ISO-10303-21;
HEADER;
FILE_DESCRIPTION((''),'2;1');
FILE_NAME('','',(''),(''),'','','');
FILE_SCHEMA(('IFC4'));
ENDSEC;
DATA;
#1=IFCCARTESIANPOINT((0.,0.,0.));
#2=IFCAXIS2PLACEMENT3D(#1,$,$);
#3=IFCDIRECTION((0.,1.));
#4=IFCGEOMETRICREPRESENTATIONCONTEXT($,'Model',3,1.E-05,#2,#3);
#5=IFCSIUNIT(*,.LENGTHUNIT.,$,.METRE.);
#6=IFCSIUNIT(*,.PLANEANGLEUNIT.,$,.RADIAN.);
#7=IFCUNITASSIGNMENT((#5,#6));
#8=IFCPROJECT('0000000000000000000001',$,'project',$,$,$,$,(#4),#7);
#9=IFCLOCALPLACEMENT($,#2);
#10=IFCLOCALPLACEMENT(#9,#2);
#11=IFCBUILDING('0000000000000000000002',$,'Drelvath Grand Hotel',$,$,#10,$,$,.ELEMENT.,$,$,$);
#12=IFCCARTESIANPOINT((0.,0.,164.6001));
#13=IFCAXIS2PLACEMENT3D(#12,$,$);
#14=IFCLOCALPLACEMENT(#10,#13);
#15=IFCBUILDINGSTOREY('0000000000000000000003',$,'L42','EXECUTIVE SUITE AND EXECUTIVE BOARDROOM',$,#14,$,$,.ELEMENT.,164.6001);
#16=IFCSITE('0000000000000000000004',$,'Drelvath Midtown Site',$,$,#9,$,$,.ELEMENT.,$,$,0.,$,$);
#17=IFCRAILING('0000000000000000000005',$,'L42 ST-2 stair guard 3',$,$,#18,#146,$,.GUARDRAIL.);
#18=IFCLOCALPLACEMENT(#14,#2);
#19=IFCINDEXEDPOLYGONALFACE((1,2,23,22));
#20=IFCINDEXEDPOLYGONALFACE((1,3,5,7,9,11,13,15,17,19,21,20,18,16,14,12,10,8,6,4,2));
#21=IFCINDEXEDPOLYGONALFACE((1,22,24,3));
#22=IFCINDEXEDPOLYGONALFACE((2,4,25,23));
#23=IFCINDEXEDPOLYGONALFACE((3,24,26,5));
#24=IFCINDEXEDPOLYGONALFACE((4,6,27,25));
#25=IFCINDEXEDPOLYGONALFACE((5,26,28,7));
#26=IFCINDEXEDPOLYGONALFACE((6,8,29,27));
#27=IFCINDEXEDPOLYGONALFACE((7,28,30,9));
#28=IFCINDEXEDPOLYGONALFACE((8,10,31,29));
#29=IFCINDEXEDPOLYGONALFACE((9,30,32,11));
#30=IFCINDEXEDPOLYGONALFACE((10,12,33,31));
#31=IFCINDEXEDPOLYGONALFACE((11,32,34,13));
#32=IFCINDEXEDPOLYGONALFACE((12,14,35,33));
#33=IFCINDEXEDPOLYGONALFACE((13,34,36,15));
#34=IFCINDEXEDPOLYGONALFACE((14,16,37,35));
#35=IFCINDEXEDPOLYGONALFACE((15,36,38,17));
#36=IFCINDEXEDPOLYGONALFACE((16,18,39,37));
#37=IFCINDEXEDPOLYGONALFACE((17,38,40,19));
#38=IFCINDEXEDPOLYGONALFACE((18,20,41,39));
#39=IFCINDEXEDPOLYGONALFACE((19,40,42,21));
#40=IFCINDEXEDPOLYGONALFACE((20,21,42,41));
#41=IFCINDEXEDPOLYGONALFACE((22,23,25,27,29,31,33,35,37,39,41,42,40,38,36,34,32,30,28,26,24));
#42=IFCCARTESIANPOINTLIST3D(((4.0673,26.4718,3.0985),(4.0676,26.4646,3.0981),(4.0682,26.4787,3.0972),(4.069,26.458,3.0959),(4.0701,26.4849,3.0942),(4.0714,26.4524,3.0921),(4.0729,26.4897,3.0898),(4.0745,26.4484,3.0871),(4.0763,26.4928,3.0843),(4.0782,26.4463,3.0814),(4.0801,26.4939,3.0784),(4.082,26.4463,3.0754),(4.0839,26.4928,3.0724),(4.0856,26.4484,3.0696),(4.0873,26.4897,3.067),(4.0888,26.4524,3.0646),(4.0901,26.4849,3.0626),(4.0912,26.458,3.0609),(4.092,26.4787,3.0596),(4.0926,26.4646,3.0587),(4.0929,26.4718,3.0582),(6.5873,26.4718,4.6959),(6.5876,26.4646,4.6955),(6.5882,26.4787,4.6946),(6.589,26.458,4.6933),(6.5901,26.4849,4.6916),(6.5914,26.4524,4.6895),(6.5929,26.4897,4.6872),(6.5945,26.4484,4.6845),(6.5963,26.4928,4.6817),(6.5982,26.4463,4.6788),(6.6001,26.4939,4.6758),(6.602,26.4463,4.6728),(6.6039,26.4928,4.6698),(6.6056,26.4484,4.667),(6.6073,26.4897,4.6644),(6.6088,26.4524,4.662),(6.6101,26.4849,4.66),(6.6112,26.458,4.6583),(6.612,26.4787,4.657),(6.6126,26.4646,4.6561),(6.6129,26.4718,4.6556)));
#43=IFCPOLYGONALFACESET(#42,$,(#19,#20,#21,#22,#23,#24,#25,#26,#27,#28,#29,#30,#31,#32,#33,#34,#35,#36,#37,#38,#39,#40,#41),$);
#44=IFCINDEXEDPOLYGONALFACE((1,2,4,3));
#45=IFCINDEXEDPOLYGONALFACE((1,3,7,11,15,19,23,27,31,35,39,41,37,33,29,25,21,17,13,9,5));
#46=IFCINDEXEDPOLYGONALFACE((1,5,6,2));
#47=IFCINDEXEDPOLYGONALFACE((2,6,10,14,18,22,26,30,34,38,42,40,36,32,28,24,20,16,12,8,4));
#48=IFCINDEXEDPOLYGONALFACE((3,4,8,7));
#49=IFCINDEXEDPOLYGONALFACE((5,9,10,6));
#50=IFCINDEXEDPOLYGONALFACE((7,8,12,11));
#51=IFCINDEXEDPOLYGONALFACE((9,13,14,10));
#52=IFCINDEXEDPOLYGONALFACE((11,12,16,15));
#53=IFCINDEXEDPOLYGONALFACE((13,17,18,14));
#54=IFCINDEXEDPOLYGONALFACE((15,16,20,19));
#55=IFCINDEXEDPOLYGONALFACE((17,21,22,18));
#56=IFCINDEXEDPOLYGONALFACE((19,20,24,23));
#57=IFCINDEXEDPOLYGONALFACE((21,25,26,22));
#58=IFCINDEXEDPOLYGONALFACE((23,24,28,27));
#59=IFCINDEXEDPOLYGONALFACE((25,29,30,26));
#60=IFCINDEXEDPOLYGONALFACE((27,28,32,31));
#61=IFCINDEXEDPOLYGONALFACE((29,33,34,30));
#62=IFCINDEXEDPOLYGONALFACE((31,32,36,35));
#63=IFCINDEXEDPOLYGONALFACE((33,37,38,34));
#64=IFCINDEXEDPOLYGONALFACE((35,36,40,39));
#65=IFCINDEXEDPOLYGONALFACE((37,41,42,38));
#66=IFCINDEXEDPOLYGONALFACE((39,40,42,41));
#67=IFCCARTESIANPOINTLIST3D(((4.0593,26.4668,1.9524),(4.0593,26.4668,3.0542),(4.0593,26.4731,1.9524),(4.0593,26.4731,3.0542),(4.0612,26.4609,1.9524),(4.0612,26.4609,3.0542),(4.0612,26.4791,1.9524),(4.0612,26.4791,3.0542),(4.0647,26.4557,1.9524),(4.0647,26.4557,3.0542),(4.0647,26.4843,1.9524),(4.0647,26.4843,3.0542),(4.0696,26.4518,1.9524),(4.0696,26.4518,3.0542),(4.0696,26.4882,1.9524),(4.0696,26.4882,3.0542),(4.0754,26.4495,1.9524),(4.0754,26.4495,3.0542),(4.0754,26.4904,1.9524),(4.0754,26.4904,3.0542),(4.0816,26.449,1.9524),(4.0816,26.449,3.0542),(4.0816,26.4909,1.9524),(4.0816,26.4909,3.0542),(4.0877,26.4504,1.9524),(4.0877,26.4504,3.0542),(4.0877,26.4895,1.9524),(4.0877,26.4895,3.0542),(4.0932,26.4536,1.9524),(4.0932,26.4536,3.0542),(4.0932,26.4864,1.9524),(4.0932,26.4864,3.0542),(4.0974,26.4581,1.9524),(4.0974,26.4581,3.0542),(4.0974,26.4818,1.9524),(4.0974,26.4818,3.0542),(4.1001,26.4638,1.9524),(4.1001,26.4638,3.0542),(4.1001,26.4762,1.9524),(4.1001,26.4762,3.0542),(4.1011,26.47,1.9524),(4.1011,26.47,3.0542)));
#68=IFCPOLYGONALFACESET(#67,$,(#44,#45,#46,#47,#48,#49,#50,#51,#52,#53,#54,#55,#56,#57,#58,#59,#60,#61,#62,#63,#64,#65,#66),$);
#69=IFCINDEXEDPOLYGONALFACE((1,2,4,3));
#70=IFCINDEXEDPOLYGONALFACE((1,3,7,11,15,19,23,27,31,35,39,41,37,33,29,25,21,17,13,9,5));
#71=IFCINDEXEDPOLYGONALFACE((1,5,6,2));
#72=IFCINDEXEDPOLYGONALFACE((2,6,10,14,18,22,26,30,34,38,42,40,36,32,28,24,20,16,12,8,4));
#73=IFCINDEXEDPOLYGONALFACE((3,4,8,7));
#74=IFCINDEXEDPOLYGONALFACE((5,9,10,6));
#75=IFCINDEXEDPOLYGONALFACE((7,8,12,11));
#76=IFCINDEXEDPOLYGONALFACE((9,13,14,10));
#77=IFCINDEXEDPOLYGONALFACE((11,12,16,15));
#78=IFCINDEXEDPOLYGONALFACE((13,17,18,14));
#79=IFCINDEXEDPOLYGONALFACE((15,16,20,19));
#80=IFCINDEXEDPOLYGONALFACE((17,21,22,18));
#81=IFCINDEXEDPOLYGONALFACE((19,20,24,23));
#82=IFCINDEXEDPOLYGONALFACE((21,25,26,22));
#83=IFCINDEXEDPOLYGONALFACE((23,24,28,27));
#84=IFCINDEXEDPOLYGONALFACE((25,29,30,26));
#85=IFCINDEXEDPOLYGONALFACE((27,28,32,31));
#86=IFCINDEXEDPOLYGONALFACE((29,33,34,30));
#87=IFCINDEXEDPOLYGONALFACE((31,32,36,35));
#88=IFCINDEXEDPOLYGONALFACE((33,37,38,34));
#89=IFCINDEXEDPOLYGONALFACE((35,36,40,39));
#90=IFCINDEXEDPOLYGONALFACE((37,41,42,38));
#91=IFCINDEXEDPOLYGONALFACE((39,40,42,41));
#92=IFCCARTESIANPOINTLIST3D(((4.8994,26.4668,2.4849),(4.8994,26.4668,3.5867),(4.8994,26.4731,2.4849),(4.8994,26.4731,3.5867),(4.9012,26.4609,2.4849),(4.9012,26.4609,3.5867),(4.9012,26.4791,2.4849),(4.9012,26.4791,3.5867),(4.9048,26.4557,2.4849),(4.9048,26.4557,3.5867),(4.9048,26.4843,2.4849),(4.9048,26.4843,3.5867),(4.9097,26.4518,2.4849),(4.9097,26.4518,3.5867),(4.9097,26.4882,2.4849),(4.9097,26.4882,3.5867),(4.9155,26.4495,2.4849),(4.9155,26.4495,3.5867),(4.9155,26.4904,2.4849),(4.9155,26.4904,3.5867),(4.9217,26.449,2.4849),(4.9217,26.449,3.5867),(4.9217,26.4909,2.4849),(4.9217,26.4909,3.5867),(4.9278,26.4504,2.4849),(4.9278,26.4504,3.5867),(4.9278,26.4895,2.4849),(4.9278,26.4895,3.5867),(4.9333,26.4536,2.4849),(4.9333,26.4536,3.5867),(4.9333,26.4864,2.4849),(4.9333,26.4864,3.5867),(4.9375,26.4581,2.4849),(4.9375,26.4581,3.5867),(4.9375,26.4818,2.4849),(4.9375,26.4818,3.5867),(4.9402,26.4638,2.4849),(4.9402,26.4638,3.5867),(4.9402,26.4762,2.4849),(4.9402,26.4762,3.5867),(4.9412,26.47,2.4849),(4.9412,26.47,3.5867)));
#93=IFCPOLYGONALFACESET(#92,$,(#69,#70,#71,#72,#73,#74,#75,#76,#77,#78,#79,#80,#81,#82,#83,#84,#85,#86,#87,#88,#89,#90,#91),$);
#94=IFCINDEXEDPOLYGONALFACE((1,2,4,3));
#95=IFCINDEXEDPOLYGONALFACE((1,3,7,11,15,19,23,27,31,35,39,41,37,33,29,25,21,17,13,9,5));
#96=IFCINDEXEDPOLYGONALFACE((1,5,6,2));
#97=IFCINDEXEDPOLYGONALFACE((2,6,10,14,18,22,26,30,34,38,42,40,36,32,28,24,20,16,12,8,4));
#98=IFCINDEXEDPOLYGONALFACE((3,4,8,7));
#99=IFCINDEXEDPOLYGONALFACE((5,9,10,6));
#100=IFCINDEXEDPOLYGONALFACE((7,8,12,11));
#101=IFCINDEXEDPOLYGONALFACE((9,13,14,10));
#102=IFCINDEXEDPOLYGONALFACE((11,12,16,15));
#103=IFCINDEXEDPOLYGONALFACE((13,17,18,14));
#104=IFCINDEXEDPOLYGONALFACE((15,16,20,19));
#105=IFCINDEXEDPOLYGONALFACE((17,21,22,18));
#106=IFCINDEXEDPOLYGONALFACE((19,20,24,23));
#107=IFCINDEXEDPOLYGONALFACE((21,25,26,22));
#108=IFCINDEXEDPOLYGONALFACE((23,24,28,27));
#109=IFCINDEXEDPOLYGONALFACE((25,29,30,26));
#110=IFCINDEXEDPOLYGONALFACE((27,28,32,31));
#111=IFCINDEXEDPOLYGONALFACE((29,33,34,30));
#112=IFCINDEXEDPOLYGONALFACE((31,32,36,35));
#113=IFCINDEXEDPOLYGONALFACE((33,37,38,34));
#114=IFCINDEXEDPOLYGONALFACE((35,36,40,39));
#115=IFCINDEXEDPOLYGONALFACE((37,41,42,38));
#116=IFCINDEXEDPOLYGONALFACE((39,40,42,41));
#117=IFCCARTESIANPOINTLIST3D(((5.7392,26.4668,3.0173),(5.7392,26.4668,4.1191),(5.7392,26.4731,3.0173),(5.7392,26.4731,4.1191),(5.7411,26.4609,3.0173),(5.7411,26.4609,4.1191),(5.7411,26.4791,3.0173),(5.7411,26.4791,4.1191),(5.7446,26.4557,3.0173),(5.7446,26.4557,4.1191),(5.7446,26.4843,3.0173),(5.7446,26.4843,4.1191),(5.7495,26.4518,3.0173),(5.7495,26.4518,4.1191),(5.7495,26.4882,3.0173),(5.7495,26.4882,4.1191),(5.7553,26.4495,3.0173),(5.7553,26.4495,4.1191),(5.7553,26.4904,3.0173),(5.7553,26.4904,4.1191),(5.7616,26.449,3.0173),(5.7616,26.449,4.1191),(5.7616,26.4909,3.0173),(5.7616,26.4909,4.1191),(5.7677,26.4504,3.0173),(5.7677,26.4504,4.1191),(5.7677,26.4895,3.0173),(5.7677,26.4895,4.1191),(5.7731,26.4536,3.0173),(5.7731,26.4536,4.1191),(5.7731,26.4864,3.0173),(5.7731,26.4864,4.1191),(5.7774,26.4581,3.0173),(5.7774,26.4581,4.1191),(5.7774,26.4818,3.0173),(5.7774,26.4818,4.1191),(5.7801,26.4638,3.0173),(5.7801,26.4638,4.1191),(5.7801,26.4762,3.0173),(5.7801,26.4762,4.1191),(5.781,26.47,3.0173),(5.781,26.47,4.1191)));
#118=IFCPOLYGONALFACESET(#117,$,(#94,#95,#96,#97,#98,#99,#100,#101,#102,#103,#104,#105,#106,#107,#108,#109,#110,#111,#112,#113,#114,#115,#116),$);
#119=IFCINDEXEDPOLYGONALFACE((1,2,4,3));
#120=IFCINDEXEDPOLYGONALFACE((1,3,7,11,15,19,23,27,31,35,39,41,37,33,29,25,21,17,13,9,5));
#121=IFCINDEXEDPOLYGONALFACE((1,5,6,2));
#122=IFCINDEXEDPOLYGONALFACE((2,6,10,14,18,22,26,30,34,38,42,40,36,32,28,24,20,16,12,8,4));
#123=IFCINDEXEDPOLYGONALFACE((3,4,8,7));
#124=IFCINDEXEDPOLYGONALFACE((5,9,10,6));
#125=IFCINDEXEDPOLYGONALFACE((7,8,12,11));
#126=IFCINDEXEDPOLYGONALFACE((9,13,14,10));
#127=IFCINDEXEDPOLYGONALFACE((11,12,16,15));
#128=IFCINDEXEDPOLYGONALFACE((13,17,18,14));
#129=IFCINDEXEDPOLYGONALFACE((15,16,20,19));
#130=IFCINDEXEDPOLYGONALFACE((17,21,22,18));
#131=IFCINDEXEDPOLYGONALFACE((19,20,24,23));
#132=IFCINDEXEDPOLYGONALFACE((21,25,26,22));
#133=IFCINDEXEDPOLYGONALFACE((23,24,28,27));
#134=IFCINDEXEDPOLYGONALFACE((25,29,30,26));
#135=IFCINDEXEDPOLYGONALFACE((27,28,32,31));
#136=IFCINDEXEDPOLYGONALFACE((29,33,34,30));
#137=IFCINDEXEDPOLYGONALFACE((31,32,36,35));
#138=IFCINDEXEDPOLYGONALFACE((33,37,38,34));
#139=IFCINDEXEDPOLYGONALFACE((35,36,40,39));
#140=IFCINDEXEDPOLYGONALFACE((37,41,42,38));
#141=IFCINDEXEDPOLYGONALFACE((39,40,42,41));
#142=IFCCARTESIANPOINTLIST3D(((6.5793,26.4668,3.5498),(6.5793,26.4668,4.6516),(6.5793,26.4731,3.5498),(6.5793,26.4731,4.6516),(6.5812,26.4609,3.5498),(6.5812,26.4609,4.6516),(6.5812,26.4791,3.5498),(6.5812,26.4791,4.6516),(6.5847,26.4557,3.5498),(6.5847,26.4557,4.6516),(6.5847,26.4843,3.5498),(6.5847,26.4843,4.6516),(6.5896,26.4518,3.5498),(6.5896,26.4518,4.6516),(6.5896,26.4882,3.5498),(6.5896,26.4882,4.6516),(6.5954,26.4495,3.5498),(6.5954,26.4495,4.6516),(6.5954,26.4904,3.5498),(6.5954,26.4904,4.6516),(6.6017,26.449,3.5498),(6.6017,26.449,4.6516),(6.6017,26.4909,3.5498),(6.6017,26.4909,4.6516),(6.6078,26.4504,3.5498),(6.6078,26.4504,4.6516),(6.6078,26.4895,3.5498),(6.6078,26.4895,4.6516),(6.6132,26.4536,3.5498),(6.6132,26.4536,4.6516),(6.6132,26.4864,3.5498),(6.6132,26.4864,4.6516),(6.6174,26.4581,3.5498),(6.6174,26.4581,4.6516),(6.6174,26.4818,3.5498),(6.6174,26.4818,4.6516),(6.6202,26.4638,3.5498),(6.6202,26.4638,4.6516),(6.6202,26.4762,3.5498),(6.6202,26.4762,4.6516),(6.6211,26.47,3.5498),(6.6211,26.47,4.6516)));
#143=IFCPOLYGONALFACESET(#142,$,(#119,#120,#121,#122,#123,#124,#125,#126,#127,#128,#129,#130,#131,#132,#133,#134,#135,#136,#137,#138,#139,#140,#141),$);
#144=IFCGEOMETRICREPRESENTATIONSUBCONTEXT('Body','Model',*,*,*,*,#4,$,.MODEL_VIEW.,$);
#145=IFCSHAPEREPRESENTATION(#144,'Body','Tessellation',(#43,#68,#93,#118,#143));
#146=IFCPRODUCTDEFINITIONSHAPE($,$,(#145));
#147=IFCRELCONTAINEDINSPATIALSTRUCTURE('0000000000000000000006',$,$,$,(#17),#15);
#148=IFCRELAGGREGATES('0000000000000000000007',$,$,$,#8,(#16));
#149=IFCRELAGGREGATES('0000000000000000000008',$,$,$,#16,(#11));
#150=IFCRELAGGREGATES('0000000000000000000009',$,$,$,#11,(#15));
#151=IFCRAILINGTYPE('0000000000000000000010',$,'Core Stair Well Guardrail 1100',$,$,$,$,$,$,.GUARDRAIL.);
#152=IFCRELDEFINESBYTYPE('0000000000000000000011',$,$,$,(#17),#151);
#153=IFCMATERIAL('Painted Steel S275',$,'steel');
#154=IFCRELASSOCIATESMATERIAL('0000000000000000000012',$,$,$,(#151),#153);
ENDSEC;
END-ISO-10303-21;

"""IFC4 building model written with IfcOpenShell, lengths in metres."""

from ifc_helpers import new_model, si_unit, direction, frame, origin, origin_2d, place, context, subcontext, project, spatial, circle, extrude, material, type_object, element, save


model = new_model("IFC4")

# Units and contexts
model_context = context("Model", 3, precision=1e-05, world=origin(), true_north=direction((0.0, 1.0)))
body_context = subcontext(model_context, "Body", "Model", "MODEL_VIEW")
ifc_project = project(units=[si_unit("LENGTHUNIT", "METRE"), si_unit("PLANEANGLEUNIT", "RADIAN")], contexts=[model_context])

# Site, building, storey
site_placement = place(None, origin())
site = spatial("IfcSite", under=ifc_project, at=site_placement, Name="Drelvath Midtown Site", CompositionType="ELEMENT", RefElevation=0.0)
building_placement = place(site_placement, origin())
building = spatial("IfcBuilding", under=site, at=building_placement, Name="Drelvath Grand Hotel", CompositionType="ELEMENT")
storey_placement = place(building_placement, frame((0.0, 0.0, 164.6001)))
storey = spatial("IfcBuildingStorey", under=building, at=storey_placement, Name="L42", Description="EXECUTIVE SUITE AND EXECUTIVE BOARDROOM", CompositionType="ELEMENT", Elevation=164.6001)

# Railing
ifc_material_1 = material(Name="Painted Steel S275", Category="steel")
railing_type_1 = type_object("IfcRailingType", Name="Core Stair Well Guardrail 1100", PredefinedType="GUARDRAIL", material=ifc_material_1)
railing_1_placement = place(storey_placement, frame((4.0801, 26.47, 1.9524)))
element("IfcRailing", 1, at=railing_1_placement, inside=storey, type_object=railing_type_1, Name="L42 ST-2 stair guard 3", PredefinedType="GUARDRAIL", context=body_context, shape_type="SweptSolid", body=[
    extrude(circle(Radius=0.0239, at=origin_2d()), frame((0.0, 0.0, 1.126), z_axis=(0.844607, 0.0, 0.535387), x_axis=(0.0, 1.0, 0.0)), (0.0, 0.0, 1.0), 2.9836),
    extrude(circle(Radius=0.021, at=origin_2d()), origin(), (0.0, 0.0, 1.0), 1.1018),
    extrude(circle(Radius=0.021, at=origin_2d()), frame((0.8401, 0.0, 0.5325)), (0.0, 0.0, 1.0), 1.1018),
    extrude(circle(Radius=0.021, at=origin_2d()), frame((1.6799, 0.0, 1.0649)), (0.0, 0.0, 1.0), 1.1018),
    extrude(circle(Radius=0.021, at=origin_2d()), frame((2.52, 0.0, 1.5974)), (0.0, 0.0, 1.0), 1.1018),
])

save(model, "model.ifc")
